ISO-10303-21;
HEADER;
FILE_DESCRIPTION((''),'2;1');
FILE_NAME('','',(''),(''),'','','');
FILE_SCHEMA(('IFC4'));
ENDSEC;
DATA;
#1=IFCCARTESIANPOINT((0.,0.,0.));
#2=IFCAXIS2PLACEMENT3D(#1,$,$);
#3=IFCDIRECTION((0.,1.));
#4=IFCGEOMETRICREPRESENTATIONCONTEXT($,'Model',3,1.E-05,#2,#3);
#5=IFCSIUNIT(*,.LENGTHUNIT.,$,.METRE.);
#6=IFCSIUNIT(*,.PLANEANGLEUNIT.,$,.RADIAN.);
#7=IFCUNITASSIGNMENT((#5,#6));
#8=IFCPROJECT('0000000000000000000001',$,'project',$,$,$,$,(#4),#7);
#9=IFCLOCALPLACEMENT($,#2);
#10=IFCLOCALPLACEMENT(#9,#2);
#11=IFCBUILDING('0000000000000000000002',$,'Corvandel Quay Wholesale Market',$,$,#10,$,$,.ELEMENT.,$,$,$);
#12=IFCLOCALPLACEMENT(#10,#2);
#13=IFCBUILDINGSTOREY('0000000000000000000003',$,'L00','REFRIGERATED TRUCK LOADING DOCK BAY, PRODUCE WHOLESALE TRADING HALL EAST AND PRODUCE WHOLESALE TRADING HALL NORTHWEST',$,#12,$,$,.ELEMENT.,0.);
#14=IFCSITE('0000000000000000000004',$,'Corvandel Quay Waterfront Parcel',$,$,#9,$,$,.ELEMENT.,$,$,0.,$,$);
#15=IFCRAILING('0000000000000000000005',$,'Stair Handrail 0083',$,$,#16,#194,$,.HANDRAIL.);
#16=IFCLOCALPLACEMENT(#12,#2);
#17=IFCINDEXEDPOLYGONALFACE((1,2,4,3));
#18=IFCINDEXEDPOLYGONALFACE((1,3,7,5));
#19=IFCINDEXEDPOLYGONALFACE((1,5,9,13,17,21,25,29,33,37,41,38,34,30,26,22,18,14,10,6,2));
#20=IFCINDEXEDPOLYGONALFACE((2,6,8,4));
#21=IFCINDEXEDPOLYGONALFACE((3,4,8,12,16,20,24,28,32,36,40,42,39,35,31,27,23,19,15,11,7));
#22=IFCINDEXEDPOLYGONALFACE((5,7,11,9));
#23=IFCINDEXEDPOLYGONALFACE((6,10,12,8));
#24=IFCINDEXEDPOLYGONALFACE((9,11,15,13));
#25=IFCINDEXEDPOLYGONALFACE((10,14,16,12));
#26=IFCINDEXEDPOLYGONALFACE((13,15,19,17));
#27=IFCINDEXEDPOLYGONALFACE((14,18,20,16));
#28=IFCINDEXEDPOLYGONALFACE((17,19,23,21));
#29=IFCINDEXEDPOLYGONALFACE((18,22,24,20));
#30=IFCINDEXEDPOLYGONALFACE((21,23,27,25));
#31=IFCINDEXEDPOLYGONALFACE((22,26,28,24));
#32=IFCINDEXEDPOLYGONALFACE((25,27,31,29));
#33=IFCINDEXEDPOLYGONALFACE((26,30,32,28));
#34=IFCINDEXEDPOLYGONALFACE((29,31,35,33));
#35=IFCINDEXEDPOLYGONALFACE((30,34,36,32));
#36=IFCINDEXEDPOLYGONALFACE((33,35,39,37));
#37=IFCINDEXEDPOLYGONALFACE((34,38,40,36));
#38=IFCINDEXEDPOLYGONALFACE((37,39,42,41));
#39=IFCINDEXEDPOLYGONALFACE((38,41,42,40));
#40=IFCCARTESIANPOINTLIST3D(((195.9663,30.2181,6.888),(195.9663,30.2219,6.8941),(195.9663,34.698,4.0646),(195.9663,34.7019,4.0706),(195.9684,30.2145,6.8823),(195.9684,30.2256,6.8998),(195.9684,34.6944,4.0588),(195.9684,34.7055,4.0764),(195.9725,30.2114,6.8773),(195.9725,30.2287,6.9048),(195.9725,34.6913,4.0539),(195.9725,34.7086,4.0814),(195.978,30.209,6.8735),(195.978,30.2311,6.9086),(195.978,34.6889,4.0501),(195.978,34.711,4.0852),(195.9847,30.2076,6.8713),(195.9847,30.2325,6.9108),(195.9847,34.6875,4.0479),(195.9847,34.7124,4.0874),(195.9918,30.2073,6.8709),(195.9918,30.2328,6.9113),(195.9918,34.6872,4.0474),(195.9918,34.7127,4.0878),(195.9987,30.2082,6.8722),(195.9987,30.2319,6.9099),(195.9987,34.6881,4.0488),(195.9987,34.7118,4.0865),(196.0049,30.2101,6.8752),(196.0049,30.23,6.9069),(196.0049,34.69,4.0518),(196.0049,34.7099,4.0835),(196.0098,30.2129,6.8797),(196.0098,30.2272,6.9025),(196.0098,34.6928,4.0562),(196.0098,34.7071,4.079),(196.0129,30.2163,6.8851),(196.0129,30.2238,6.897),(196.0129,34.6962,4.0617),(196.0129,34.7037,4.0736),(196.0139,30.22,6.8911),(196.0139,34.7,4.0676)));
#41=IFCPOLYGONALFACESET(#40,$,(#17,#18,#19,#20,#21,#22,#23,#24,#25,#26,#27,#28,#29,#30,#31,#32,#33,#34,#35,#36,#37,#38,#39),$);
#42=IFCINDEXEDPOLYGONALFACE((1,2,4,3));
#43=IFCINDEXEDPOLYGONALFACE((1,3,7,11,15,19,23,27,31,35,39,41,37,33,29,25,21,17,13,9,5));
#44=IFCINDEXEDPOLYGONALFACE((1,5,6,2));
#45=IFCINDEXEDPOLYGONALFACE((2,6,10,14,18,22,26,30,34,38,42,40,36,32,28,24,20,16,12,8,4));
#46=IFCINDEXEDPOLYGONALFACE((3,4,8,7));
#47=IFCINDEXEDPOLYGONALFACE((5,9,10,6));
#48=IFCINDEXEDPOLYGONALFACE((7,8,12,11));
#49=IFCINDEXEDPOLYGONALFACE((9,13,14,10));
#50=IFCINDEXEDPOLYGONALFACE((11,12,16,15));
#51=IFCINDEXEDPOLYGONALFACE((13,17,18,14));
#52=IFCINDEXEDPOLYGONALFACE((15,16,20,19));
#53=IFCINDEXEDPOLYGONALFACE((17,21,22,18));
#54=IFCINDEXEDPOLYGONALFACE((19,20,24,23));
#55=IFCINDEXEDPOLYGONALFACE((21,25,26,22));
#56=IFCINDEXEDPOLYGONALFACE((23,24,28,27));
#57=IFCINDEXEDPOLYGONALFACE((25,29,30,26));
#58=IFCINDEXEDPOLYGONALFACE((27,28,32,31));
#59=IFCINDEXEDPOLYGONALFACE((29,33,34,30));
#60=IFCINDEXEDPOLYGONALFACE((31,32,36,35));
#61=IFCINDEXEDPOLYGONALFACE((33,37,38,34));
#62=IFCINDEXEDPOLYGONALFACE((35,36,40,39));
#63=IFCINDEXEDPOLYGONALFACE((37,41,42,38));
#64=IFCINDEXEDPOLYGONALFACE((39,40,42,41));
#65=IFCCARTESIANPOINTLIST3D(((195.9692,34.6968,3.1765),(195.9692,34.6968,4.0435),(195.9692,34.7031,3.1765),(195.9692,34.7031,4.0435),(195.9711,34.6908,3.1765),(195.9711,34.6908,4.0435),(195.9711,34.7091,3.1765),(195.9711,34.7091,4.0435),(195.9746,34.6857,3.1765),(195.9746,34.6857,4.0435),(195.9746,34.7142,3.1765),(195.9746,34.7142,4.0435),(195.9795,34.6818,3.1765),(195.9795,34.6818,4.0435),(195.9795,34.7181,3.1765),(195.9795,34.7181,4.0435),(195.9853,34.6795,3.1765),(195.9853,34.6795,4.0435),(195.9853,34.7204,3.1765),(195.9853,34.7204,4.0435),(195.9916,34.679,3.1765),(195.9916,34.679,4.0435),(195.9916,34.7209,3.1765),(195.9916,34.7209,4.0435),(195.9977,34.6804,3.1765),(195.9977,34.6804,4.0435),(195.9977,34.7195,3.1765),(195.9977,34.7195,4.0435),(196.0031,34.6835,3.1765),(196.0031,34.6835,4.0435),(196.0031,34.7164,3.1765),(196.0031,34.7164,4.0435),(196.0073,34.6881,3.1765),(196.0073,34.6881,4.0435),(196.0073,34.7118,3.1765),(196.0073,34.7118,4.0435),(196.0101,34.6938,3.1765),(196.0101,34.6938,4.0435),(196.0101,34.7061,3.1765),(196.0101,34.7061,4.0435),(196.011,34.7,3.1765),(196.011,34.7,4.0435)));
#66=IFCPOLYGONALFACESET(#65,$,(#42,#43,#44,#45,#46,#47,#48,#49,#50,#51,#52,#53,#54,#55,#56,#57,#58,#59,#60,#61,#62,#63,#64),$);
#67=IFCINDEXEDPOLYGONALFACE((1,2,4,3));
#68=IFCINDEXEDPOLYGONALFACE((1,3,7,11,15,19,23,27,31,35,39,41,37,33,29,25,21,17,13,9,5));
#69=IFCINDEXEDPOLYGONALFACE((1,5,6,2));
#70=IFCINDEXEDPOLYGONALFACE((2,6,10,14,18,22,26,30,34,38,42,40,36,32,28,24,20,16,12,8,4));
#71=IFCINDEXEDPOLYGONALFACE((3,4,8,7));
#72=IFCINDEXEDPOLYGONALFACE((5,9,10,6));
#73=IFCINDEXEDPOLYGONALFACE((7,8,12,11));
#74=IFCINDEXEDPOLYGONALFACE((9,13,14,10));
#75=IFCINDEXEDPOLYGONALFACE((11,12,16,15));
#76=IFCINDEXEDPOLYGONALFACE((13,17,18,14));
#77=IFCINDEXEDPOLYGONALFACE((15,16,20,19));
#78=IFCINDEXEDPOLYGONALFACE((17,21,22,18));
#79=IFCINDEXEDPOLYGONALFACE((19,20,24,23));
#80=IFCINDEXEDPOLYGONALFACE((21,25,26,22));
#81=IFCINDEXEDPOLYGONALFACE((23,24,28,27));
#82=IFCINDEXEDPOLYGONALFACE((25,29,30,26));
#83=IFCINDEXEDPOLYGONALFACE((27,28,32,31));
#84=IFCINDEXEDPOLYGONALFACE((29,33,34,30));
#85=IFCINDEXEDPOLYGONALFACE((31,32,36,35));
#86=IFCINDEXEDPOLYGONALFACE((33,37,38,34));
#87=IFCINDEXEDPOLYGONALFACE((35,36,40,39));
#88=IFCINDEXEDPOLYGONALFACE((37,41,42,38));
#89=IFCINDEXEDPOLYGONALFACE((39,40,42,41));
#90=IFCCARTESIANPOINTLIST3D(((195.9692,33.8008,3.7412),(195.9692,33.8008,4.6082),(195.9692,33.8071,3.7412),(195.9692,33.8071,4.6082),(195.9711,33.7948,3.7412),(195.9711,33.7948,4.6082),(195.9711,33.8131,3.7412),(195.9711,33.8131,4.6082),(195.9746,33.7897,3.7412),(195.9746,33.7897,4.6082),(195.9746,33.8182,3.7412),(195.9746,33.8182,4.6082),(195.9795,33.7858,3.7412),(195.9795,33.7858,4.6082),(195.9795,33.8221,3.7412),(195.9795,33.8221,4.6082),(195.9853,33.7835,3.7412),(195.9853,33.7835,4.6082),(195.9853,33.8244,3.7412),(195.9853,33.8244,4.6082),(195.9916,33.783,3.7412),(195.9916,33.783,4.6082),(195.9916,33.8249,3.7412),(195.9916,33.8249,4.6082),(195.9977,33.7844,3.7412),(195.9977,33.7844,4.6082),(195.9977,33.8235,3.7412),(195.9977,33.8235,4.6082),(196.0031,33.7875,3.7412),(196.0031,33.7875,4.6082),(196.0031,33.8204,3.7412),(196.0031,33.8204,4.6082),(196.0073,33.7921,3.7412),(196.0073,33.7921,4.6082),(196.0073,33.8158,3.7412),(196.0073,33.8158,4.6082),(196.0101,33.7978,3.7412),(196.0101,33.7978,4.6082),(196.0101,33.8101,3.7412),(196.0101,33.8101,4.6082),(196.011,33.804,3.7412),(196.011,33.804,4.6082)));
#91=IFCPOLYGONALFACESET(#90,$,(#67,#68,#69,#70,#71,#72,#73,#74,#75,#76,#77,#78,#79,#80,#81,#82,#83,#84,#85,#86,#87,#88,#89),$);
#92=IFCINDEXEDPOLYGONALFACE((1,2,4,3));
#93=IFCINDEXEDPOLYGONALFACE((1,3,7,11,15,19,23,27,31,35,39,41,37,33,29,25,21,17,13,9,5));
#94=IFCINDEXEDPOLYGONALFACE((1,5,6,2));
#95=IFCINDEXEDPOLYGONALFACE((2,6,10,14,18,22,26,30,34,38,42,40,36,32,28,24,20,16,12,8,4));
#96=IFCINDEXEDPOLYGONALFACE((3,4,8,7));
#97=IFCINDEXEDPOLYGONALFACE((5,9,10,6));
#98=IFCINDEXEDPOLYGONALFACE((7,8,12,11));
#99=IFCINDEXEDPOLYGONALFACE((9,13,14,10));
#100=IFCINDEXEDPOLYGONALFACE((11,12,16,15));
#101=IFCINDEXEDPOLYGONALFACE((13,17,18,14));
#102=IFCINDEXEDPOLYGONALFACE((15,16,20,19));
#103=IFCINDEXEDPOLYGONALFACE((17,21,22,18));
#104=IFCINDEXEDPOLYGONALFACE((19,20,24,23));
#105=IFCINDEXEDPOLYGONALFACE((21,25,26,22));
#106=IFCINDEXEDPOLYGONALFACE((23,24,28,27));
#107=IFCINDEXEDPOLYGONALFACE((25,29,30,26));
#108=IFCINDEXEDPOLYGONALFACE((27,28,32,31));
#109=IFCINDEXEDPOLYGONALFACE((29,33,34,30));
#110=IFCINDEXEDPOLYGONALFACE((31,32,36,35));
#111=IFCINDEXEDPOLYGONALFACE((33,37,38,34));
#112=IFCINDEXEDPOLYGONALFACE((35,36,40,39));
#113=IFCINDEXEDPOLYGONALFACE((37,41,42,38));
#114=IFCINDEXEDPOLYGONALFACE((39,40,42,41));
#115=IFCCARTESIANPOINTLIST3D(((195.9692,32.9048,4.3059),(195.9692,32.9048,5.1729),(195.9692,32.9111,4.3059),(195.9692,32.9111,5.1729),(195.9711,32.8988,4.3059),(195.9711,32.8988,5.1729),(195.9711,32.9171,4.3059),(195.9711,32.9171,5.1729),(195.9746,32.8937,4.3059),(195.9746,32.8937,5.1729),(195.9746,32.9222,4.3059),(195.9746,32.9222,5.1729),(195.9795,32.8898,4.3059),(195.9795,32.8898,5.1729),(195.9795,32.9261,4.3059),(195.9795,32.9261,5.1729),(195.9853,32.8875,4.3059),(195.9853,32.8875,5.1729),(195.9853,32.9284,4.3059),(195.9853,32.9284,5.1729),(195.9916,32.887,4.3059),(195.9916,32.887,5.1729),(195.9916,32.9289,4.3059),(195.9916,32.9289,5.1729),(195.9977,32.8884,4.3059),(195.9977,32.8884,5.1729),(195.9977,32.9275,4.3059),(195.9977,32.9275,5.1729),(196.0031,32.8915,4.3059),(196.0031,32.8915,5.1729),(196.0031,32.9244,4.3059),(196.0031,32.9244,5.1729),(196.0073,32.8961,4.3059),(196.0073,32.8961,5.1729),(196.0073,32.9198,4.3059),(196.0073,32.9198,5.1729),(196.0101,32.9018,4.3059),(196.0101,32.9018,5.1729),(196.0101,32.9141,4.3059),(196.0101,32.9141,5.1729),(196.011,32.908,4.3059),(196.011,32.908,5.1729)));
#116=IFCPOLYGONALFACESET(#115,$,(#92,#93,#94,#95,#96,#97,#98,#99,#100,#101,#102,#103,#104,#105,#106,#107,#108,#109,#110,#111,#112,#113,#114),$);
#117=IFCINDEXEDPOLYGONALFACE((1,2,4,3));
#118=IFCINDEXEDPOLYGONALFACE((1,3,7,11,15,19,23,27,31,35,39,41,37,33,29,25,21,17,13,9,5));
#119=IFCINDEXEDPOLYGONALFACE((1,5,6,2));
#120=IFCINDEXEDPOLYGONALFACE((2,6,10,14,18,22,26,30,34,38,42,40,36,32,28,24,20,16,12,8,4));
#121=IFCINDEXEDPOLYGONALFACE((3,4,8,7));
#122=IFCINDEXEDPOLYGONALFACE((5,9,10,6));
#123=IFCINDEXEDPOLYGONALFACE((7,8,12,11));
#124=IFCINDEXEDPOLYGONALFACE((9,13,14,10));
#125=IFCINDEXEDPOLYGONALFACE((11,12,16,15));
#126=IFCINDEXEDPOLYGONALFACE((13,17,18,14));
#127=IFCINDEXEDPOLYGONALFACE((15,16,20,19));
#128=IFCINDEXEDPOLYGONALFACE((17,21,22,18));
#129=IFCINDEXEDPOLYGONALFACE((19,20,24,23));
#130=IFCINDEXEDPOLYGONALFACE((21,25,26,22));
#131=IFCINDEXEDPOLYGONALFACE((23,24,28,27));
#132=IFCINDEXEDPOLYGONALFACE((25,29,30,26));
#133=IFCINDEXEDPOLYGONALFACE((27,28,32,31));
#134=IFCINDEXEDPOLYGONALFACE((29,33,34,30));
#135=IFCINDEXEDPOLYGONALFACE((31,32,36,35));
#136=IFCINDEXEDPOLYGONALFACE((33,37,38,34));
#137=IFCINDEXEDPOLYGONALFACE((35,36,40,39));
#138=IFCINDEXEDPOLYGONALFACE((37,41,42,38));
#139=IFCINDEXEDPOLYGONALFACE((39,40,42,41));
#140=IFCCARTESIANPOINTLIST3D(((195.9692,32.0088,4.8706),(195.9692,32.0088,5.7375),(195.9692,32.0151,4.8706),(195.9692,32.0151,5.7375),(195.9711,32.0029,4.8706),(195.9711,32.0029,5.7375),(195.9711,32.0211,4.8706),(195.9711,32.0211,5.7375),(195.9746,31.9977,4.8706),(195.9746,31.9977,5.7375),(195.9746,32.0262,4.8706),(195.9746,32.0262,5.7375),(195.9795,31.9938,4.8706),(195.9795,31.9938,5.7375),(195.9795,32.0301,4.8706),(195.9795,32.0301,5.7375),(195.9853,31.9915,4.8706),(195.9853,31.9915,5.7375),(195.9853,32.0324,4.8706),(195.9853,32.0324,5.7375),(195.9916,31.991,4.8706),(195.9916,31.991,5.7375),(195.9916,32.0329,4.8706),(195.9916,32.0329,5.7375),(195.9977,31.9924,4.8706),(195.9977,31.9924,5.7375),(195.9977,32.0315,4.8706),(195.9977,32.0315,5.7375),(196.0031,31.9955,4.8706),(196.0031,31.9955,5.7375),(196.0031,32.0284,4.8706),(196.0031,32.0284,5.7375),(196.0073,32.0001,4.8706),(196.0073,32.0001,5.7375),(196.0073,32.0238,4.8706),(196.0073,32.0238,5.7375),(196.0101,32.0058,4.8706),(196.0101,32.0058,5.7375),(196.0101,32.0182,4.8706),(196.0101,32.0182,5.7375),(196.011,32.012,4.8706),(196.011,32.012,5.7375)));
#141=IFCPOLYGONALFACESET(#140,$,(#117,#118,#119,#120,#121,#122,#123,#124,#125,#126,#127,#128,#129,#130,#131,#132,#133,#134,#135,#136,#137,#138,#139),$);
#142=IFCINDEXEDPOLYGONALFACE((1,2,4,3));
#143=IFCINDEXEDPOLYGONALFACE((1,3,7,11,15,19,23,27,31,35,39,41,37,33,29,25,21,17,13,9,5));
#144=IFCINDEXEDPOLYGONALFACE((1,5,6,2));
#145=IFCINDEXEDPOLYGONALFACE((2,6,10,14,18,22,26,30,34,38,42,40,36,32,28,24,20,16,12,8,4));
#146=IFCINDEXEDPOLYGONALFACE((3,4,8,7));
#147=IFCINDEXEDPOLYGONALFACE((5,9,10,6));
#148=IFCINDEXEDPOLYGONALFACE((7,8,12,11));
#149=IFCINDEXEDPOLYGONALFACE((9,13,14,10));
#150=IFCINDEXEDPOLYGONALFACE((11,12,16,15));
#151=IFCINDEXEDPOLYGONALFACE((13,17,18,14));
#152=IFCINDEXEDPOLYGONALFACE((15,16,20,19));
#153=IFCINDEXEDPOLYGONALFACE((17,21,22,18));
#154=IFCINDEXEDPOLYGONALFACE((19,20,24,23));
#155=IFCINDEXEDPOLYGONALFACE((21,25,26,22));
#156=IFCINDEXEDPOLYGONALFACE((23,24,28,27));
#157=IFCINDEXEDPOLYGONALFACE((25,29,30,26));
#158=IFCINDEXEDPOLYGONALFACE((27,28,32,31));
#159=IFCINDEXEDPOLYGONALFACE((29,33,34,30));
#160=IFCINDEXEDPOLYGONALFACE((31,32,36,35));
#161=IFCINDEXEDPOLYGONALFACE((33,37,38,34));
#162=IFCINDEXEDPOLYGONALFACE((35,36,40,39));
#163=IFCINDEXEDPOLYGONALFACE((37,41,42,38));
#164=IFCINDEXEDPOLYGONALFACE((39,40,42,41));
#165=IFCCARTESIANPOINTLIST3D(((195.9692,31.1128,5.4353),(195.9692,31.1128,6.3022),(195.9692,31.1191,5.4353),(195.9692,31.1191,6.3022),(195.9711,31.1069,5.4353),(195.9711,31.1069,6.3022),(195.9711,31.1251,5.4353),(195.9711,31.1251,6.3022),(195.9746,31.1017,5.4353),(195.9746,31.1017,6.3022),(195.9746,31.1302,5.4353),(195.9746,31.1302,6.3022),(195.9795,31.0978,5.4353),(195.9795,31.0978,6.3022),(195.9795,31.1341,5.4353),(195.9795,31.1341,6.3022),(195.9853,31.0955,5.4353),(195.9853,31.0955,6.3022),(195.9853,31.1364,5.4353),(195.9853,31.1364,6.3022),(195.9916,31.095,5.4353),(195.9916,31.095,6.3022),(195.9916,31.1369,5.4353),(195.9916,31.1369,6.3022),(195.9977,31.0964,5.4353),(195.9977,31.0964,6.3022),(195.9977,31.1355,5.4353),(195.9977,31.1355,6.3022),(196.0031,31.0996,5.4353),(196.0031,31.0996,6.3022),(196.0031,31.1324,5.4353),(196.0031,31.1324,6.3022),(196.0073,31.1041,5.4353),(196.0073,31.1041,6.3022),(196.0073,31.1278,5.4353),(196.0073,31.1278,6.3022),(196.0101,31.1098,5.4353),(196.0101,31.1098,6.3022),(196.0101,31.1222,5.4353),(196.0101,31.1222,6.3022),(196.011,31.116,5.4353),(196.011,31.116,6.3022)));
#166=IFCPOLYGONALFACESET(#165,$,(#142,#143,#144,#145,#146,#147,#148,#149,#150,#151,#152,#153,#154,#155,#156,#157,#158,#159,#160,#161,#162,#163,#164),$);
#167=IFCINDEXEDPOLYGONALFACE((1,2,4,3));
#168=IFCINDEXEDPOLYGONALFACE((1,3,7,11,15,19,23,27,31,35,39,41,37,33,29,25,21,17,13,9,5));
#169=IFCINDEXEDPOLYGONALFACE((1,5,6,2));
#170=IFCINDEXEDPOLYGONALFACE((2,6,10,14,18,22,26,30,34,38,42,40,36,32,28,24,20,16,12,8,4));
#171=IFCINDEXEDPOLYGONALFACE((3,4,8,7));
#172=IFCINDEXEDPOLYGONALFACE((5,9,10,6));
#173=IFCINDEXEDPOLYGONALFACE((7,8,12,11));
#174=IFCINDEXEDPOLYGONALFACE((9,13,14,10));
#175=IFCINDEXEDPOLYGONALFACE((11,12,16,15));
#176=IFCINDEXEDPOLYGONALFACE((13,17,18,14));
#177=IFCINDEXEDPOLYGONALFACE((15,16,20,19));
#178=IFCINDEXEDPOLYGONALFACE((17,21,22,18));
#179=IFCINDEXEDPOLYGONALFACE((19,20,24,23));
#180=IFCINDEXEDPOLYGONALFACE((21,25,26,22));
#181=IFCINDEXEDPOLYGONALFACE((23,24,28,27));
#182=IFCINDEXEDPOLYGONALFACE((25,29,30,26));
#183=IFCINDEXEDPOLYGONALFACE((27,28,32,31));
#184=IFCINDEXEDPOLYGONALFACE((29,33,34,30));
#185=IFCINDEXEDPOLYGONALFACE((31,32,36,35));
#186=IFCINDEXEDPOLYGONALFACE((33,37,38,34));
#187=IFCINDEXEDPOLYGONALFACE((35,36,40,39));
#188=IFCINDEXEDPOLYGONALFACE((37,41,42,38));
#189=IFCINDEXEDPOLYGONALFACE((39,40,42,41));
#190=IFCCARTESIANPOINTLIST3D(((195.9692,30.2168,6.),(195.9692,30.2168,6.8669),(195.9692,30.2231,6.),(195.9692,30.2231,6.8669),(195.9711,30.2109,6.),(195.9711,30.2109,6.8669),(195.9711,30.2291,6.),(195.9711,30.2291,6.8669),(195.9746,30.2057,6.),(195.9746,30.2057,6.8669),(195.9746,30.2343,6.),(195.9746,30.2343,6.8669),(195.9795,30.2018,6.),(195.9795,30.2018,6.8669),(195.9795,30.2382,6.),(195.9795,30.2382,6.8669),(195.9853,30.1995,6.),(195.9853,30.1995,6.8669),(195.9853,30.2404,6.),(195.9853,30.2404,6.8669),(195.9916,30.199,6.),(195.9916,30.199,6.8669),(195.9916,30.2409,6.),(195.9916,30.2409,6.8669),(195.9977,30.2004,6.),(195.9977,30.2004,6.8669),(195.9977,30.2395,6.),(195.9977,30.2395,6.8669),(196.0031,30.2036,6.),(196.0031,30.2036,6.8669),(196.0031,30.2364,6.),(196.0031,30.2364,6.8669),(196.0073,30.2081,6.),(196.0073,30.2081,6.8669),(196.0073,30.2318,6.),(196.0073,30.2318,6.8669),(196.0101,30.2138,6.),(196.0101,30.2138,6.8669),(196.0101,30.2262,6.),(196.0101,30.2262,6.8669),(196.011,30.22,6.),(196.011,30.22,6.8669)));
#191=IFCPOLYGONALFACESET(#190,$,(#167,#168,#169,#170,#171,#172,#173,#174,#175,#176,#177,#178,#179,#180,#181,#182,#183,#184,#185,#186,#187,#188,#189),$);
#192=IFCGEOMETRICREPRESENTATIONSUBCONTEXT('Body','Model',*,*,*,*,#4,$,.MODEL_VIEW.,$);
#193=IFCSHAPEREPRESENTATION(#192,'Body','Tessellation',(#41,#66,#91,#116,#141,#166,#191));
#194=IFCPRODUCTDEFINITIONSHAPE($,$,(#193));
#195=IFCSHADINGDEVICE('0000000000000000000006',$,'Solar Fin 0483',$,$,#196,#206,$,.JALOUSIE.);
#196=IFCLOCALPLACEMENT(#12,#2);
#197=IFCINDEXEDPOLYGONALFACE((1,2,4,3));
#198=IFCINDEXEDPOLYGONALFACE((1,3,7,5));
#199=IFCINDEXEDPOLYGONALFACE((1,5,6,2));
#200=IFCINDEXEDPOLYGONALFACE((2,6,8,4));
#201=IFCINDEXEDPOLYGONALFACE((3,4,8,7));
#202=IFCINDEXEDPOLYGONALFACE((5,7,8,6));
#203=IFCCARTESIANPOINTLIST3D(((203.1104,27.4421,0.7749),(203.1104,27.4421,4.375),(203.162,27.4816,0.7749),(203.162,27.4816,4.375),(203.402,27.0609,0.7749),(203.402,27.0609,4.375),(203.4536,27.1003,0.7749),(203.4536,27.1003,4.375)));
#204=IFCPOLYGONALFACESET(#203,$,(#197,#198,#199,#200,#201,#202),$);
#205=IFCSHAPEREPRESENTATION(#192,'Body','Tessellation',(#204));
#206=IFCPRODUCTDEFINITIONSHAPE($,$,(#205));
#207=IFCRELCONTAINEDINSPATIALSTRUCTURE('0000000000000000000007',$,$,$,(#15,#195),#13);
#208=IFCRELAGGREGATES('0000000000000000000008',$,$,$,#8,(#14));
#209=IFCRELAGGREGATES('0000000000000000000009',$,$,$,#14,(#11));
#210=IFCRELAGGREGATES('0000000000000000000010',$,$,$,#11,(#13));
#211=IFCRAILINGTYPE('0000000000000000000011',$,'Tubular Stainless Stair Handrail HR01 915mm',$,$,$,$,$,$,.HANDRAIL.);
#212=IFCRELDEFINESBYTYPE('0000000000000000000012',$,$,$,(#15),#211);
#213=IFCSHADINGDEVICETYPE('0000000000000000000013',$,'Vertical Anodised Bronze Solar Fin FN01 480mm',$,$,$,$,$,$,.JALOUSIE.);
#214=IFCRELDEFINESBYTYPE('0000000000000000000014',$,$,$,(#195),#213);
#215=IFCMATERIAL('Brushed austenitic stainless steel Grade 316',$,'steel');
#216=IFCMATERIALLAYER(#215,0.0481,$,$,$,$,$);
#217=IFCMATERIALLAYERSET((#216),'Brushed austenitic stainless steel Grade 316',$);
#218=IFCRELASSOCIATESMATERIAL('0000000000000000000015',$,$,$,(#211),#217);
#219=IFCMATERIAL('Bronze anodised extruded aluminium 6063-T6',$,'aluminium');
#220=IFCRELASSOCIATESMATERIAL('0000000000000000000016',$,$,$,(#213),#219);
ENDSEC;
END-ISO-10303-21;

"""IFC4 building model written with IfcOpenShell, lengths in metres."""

from ifc_helpers import new_model, si_unit, direction, frame, origin, origin_2d, place, context, subcontext, project, spatial, rectangle, circle, extrude, material, layer, layer_set, type_object, element, save


model = new_model("IFC4")

# Units and contexts
model_context = context("Model", 3, precision=1e-05, world=origin(), true_north=direction((0.0, 1.0)))
body_context = subcontext(model_context, "Body", "Model", "MODEL_VIEW")
ifc_project = project(units=[si_unit("LENGTHUNIT", "METRE"), si_unit("PLANEANGLEUNIT", "RADIAN")], contexts=[model_context])

# Site, building, storey
site_placement = place(None, origin())
site = spatial("IfcSite", under=ifc_project, at=site_placement, Name="Corvandel Quay Waterfront Parcel", CompositionType="ELEMENT", RefElevation=0.0)
building_placement = place(site_placement, origin())
building = spatial("IfcBuilding", under=site, at=building_placement, Name="Corvandel Quay Wholesale Market", CompositionType="ELEMENT")
storey_placement = place(building_placement, origin())
storey = spatial("IfcBuildingStorey", under=building, at=storey_placement, Name="L00", Description="REFRIGERATED TRUCK LOADING DOCK BAY, PRODUCE WHOLESALE TRADING HALL EAST AND PRODUCE WHOLESALE TRADING HALL NORTHWEST", CompositionType="ELEMENT", Elevation=0.0)

# Railing
ifc_material_1 = material(Name="Brushed austenitic stainless steel Grade 316", Category="steel")
ifc_layer_1 = layer(ifc_material_1, 0.0481)
ifc_layer_set_1 = layer_set([ifc_layer_1], Name="Brushed austenitic stainless steel Grade 316")
railing_type = type_object("IfcRailingType", Name="Tubular Stainless Stair Handrail HR01 915mm", PredefinedType="HANDRAIL", material=ifc_layer_set_1)
for number, where, name in (
    (1, (195.99, 34.7, 3.1765), "Stair Handrail 0083"),
):
    element("IfcRailing", number, at=place(storey_placement, frame(where)), inside=storey, type_object=railing_type, Name=name, PredefinedType="HANDRAIL", context=body_context, shape_type="SweptSolid", body=[
        extrude(circle(Radius=0.0239, at=origin_2d()), frame((0.0, 0.0, 0.8911), z_axis=(0.0, -0.845998, 0.533186), x_axis=(1.0, 0.0, 0.0)), (0.0, 0.0, 1.0), 5.2954),
        extrude(circle(Radius=0.021, at=origin_2d()), origin(), (0.0, 0.0, 1.0), 0.8669),
        extrude(circle(Radius=0.021, at=origin_2d()), frame((0.0, -0.896, 0.5647)), (0.0, 0.0, 1.0), 0.8669),
        extrude(circle(Radius=0.021, at=origin_2d()), frame((0.0, -1.792, 1.1294)), (0.0, 0.0, 1.0), 0.8669),
        extrude(circle(Radius=0.021, at=origin_2d()), frame((0.0, -2.688, 1.6941)), (0.0, 0.0, 1.0), 0.8669),
        extrude(circle(Radius=0.021, at=origin_2d()), frame((0.0, -3.584, 2.2588)), (0.0, 0.0, 1.0), 0.8669),
        extrude(circle(Radius=0.021, at=origin_2d()), frame((0.0, -4.48, 2.8235)), (0.0, 0.0, 1.0), 0.8669),
    ])

# Shading device
ifc_material_2 = material(Name="Bronze anodised extruded aluminium 6063-T6", Category="aluminium")
shading_device_type = type_object("IfcShadingDeviceType", Name="Vertical Anodised Bronze Solar Fin FN01 480mm", PredefinedType="JALOUSIE", material=ifc_material_2)
shading_device_placement = place(storey_placement, frame((203.282, 27.2712, 0.7749), z_axis=(0.0, 0.0, 1.0), x_axis=(-0.607514, 0.794309, 0.0)))
element("IfcShadingDevice", 2, at=shading_device_placement, inside=storey, type_object=shading_device_type, Name="Solar Fin 0483", PredefinedType="JALOUSIE", context=body_context, shape_type="SweptSolid", body=[
    extrude(rectangle(XDim=0.48, YDim=0.0649, at=origin_2d()), origin(), (0.0, 0.0, 1.0), 3.6001),
])

save(model, "model.ifc")
